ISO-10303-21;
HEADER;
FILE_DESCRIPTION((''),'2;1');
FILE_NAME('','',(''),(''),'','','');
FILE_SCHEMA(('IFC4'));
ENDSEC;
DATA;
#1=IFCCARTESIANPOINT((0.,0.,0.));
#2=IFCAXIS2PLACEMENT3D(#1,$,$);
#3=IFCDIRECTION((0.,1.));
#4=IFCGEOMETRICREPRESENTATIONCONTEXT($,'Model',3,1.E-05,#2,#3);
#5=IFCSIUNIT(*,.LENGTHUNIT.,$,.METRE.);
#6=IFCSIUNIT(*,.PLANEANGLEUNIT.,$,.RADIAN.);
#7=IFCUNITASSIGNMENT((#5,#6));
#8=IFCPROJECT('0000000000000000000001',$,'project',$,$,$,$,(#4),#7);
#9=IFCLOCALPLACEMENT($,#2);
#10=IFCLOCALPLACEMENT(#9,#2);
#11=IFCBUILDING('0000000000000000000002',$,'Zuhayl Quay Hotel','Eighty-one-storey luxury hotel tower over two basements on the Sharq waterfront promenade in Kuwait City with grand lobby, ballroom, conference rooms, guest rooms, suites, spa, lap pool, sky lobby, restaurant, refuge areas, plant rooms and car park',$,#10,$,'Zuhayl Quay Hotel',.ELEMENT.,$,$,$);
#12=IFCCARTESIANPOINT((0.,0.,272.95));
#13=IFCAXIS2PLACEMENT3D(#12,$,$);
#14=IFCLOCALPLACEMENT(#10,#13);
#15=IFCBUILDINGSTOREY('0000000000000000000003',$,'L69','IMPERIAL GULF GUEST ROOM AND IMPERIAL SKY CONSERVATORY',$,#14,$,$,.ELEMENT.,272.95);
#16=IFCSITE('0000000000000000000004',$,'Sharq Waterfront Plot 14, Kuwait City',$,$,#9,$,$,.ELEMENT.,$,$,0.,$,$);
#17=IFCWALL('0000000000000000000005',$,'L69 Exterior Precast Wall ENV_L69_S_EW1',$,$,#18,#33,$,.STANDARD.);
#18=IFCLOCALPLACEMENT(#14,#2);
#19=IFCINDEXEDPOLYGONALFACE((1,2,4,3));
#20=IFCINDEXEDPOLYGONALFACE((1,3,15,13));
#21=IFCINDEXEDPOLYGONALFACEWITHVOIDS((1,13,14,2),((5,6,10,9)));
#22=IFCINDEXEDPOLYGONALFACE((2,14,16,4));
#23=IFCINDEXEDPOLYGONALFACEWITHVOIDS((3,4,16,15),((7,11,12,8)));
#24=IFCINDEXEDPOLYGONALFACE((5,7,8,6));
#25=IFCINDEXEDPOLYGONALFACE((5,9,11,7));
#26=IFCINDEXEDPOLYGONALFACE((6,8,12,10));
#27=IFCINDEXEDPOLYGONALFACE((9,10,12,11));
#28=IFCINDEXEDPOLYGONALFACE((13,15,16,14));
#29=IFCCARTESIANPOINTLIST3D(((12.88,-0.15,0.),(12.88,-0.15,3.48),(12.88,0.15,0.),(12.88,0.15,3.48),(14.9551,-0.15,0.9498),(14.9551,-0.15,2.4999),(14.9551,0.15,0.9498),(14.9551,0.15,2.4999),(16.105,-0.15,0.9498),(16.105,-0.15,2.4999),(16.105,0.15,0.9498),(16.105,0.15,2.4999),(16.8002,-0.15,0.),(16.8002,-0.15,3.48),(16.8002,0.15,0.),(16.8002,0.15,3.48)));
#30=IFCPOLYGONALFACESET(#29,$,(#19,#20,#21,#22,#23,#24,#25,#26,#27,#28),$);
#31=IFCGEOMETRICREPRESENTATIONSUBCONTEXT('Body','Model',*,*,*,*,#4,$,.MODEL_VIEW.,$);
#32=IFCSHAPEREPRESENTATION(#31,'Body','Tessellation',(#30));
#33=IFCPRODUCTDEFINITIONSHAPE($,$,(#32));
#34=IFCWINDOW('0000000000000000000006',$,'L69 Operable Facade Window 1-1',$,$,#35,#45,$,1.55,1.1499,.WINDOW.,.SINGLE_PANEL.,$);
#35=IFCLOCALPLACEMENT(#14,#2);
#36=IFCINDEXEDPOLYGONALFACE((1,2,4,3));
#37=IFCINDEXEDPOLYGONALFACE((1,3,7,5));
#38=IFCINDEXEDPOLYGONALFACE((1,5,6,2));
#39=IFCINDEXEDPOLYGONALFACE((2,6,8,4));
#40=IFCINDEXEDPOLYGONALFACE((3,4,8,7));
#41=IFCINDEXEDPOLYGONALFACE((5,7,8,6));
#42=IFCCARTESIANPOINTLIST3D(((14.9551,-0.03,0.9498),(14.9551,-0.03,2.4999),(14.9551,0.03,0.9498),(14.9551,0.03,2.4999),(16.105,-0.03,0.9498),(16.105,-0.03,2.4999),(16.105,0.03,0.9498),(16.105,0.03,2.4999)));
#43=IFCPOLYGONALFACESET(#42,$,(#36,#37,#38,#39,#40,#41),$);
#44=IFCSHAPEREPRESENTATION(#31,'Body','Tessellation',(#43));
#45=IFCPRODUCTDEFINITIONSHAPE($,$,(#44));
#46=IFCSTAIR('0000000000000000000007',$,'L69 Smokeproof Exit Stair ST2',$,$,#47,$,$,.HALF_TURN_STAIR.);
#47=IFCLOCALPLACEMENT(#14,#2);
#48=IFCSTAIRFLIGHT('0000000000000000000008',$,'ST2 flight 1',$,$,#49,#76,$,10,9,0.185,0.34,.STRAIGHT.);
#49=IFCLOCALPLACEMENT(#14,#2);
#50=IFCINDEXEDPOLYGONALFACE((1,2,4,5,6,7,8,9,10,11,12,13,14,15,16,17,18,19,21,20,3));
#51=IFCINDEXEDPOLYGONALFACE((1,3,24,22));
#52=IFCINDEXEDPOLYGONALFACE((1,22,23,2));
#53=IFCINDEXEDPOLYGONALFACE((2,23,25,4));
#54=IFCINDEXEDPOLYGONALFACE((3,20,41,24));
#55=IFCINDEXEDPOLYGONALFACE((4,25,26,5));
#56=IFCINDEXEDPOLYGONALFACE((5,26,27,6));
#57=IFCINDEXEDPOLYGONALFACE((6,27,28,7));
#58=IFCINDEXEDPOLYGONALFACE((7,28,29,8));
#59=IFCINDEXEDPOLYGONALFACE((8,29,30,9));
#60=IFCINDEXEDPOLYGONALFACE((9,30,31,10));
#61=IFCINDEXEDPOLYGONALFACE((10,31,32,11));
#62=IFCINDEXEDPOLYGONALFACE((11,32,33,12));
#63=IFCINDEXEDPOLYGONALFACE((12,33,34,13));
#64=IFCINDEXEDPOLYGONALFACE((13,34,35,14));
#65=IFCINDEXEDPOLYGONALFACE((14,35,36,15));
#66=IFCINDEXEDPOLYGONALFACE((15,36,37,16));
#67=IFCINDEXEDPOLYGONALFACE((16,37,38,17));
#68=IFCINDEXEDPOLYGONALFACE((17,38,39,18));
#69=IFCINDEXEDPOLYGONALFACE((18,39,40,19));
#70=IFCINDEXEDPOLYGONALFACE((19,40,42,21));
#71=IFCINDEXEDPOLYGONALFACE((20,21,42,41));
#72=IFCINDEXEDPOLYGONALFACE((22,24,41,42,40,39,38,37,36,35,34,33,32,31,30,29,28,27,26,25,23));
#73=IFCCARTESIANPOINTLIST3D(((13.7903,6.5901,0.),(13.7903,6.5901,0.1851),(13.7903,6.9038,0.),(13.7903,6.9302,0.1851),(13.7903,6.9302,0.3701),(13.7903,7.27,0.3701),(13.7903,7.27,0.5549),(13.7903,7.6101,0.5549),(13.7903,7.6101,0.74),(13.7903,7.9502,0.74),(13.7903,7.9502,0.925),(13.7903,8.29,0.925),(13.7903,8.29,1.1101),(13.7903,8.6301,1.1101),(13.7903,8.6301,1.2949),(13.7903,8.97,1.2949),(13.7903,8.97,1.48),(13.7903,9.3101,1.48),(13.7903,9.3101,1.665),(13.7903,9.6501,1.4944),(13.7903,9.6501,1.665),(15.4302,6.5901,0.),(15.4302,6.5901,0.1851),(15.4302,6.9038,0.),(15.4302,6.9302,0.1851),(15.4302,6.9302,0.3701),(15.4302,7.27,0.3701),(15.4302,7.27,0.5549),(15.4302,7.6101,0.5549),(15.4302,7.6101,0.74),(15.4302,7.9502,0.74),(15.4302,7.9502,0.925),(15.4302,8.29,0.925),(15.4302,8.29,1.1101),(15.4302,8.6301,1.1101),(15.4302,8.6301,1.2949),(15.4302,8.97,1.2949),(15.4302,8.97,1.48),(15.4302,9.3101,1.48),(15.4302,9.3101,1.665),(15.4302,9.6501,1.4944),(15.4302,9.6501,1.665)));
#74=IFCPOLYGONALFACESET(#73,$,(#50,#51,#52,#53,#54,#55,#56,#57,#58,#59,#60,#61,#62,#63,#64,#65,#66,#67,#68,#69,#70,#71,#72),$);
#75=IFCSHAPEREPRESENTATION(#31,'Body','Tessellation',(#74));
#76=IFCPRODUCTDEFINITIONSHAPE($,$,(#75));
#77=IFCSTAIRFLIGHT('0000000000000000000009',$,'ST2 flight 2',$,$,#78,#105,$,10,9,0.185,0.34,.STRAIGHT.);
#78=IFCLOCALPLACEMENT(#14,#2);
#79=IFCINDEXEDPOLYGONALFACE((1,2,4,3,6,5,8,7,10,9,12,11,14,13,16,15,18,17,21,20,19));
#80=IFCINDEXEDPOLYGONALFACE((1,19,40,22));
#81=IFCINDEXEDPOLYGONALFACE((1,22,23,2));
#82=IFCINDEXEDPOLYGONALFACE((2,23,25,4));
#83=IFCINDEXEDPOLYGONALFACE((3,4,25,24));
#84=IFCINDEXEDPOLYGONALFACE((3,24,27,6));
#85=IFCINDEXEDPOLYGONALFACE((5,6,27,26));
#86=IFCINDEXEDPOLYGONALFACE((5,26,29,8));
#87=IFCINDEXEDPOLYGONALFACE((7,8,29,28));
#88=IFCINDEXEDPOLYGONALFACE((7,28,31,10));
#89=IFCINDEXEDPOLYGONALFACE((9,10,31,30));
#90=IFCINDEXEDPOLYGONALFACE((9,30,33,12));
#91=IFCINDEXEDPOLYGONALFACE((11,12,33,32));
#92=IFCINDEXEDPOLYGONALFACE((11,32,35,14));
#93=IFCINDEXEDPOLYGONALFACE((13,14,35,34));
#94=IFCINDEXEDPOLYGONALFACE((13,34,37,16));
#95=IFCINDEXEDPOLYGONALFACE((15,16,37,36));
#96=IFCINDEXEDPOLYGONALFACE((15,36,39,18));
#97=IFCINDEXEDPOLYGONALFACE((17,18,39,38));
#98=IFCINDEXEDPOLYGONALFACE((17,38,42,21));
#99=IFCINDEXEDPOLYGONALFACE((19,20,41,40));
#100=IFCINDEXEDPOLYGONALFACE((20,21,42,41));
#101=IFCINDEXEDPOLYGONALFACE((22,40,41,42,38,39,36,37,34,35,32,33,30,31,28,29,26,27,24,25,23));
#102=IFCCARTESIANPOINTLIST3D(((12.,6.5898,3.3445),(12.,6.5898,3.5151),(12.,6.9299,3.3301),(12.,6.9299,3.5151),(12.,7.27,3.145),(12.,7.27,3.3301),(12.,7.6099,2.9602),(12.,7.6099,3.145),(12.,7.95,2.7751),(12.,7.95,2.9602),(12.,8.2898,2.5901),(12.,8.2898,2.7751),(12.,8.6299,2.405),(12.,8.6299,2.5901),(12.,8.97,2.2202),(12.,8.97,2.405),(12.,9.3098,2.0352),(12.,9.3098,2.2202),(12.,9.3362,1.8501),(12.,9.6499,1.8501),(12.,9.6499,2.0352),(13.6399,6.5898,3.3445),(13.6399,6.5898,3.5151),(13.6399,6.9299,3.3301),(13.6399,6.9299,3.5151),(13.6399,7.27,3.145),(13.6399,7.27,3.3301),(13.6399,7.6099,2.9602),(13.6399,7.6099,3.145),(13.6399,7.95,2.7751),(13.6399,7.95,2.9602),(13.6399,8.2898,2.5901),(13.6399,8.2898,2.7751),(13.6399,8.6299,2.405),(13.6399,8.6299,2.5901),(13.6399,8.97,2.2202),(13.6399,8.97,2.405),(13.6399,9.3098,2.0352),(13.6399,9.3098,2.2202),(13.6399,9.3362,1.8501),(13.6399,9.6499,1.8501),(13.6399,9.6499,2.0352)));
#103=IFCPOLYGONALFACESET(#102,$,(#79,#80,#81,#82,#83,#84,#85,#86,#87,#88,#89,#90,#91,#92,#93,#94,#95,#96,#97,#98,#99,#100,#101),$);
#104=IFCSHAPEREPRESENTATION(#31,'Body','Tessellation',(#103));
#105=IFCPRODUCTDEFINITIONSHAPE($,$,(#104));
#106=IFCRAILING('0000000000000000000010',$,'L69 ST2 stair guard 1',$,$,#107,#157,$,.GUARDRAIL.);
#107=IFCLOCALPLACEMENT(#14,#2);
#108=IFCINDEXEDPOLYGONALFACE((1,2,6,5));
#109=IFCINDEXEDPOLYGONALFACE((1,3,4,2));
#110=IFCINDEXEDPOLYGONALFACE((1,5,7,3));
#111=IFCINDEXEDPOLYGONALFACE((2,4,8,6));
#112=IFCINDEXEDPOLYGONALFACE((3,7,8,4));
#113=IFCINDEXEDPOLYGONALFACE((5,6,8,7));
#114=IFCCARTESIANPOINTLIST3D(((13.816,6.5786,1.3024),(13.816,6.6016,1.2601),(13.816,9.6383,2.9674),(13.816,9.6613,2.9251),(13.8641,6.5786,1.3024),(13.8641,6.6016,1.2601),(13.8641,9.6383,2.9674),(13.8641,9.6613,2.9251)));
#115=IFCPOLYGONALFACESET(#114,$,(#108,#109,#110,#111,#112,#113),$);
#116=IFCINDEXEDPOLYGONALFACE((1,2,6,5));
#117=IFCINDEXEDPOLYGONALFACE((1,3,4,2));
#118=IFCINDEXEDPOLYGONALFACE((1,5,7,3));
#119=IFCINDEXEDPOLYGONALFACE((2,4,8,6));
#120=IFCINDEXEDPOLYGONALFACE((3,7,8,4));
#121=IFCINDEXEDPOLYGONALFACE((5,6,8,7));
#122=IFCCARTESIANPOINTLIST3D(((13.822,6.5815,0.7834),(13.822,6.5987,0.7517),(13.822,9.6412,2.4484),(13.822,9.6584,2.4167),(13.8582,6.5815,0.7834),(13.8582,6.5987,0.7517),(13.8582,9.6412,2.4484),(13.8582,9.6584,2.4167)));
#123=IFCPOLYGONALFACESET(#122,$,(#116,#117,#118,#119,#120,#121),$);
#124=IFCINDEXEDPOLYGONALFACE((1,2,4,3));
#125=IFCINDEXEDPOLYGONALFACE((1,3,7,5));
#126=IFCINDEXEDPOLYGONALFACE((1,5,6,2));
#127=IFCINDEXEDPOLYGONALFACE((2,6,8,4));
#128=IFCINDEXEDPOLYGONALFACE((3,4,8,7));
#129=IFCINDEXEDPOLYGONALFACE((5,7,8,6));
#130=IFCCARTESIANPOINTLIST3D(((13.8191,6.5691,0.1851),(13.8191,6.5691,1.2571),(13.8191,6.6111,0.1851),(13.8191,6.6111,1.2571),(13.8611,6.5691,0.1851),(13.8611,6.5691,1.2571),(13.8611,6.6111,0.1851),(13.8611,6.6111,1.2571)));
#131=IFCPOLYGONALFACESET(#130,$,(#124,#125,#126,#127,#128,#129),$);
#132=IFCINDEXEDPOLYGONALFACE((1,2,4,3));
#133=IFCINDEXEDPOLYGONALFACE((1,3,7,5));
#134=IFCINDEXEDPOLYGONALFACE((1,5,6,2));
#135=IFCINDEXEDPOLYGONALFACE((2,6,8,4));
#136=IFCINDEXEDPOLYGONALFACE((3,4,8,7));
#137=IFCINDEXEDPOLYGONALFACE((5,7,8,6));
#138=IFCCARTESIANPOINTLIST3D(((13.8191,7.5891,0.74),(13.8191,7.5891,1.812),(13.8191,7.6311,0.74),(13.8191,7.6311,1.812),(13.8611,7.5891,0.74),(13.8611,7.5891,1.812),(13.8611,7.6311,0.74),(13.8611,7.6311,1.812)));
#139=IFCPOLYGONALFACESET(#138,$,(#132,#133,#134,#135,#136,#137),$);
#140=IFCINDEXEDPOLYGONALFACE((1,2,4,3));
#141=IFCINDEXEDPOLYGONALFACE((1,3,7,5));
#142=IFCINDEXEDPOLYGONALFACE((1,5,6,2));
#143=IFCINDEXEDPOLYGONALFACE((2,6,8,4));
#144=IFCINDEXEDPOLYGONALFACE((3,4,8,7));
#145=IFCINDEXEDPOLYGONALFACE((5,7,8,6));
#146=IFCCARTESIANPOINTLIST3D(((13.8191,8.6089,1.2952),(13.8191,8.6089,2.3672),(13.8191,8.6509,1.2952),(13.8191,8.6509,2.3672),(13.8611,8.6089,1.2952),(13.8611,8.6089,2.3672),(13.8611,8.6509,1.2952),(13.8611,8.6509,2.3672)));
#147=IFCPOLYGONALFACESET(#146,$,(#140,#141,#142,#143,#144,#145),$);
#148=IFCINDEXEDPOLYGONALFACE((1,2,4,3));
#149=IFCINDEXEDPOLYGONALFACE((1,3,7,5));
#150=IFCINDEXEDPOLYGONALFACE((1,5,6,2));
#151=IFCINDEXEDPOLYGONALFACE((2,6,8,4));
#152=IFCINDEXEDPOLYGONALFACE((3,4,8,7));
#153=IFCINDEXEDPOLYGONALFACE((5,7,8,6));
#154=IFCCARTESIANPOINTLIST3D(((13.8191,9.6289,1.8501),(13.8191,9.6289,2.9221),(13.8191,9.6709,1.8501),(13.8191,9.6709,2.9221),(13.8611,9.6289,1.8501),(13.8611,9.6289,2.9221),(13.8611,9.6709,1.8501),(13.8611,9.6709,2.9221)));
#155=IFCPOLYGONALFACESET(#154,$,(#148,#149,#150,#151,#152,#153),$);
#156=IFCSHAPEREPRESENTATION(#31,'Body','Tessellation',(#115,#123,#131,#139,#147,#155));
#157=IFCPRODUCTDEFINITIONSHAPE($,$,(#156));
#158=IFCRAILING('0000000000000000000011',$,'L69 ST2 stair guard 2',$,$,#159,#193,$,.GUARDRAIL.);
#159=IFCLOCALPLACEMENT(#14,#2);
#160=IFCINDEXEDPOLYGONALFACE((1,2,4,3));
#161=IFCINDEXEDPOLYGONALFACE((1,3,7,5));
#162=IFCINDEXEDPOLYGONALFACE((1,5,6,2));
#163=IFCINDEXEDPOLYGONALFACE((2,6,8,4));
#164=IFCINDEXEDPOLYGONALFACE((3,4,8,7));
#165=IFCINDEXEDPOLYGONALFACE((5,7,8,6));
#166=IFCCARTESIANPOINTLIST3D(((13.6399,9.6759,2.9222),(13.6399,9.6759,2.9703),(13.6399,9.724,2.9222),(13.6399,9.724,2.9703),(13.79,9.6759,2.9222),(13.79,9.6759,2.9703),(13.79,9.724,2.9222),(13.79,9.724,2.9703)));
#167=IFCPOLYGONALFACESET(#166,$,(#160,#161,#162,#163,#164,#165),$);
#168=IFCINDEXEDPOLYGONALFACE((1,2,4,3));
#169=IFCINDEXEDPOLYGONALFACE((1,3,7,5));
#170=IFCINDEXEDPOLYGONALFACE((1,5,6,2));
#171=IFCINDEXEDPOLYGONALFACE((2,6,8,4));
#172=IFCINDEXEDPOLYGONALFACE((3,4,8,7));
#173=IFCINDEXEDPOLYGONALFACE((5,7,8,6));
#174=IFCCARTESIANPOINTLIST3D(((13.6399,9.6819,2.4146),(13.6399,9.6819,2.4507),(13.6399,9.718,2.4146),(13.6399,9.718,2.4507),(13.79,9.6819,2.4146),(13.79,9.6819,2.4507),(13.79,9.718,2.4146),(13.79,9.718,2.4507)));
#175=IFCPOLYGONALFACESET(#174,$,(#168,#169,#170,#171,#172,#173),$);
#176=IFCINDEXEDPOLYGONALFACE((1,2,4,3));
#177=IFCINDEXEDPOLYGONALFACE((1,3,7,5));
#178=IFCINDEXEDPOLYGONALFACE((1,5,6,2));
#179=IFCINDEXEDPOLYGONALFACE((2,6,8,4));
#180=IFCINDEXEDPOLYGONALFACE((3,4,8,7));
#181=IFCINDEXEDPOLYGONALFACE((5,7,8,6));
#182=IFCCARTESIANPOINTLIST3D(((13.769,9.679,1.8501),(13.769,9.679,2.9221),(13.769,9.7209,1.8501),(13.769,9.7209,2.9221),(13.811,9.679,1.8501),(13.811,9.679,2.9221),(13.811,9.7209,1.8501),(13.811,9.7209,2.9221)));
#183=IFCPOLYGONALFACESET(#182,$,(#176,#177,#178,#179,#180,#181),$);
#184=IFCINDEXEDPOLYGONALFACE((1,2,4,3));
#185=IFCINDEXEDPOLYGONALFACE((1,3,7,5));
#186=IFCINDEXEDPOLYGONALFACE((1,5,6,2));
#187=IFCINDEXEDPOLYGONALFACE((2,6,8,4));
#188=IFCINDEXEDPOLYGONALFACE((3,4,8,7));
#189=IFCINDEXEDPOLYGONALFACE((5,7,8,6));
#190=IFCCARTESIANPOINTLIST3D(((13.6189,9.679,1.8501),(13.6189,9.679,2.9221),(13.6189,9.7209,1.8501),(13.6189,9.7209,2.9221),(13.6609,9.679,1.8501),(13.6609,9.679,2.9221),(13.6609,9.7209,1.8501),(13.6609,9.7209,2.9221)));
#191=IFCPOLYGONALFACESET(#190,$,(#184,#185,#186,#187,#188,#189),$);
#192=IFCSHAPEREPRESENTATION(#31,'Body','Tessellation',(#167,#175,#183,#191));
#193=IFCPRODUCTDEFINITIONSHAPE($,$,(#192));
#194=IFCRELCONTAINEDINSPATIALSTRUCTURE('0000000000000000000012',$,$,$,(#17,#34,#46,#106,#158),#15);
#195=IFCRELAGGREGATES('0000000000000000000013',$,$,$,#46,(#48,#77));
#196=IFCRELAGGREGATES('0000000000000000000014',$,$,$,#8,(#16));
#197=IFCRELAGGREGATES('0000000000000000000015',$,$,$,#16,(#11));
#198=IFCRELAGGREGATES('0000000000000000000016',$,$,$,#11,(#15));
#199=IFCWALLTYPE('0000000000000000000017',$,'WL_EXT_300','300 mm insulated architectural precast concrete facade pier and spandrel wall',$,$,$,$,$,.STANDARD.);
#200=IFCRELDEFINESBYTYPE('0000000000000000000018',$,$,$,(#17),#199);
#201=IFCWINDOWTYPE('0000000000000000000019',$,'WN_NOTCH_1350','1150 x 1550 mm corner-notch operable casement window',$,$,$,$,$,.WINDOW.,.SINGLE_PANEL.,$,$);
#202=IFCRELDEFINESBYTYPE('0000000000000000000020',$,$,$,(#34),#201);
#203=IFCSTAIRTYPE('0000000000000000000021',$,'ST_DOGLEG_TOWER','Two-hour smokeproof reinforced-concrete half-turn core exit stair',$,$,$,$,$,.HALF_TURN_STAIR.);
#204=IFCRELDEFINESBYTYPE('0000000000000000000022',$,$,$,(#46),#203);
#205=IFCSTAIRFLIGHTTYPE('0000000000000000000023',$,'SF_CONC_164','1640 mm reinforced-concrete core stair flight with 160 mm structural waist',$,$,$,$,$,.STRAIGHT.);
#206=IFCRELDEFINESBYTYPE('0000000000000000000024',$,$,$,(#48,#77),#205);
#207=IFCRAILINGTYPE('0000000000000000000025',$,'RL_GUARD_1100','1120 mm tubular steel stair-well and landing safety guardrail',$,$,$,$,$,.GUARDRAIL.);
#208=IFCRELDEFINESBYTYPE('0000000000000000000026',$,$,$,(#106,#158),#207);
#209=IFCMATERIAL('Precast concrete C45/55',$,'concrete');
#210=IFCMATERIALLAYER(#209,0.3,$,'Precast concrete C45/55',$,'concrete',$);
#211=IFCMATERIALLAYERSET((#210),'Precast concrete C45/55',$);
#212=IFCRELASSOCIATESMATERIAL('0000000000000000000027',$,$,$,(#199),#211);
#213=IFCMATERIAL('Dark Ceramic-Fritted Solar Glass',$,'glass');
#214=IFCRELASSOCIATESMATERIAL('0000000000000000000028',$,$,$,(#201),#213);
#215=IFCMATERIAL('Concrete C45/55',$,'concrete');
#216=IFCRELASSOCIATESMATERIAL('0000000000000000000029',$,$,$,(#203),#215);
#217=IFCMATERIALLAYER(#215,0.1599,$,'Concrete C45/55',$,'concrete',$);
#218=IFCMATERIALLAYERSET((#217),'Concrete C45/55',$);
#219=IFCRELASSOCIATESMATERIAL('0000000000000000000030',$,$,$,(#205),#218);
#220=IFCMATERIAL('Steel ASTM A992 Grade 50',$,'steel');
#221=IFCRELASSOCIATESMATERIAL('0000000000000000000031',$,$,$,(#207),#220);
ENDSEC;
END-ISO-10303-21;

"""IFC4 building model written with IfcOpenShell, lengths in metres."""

from ifc_helpers import new_model, si_unit, direction, frame, frame_2d, origin, origin_2d, place, context, subcontext, project, spatial, polyline, rectangle, outline, extrude, material, layer, layer_set, type_object, element, fill, aggregate, save


model = new_model("IFC4")

# Units and contexts
model_context = context("Model", 3, precision=1e-05, world=origin(), true_north=direction((0.0, 1.0)))
body_context = subcontext(model_context, "Body", "Model", "MODEL_VIEW")
ifc_project = project(units=[si_unit("LENGTHUNIT", "METRE"), si_unit("PLANEANGLEUNIT", "RADIAN")], contexts=[model_context])

# Site, building, storey
site_placement = place(None, origin())
site = spatial("IfcSite", under=ifc_project, at=site_placement, Name="Sharq Waterfront Plot 14, Kuwait City", CompositionType="ELEMENT", RefElevation=0.0)
building_placement = place(site_placement, origin())
building = spatial("IfcBuilding", under=site, at=building_placement, Name="Zuhayl Quay Hotel", Description="Eighty-one-storey luxury hotel tower over two basements on the Sharq waterfront promenade in Kuwait City with grand lobby, ballroom, conference rooms, guest rooms, suites, spa, lap pool, sky lobby, restaurant, refuge areas, plant rooms and car park", LongName="Zuhayl Quay Hotel", CompositionType="ELEMENT")
storey_placement = place(building_placement, frame((0.0, 0.0, 272.95)))
storey = spatial("IfcBuildingStorey", under=building, at=storey_placement, Name="L69", Description="IMPERIAL GULF GUEST ROOM AND IMPERIAL SKY CONSERVATORY", CompositionType="ELEMENT", Elevation=272.95)

# Shared definitions
ifc_material_1 = material(Name="Steel ASTM A992 Grade 50", Category="steel")

# Shared definitions
ifc_material_2 = material(Name="Dark Ceramic-Fritted Solar Glass", Category="glass")

# Shared definitions
ifc_material_3 = material(Name="Precast concrete C45/55", Category="concrete")
ifc_layer_1 = layer(ifc_material_3, 0.3, Name="Precast concrete C45/55", Category="concrete")
ifc_layer_set_1 = layer_set([ifc_layer_1], Name="Precast concrete C45/55")
wall_type_1 = type_object("IfcWallType", Name="WL_EXT_300", Description="300 mm insulated architectural precast concrete facade pier and spandrel wall", PredefinedType="STANDARD", material=ifc_layer_set_1)

# Wall, opening, window
wall_1_placement = place(storey_placement, frame((16.8, 0.0, 0.0), z_axis=(0.0, 0.0, 1.0), x_axis=(-1.0, 0.0, 0.0)))
wall_1 = element("IfcWall", 1, at=wall_1_placement, inside=storey, type_object=wall_type_1, Name="L69 Exterior Precast Wall ENV_L69_S_EW1", PredefinedType="STANDARD", context=body_context, shape_type="SweptSolid", body=[
    extrude(rectangle(XDim=3.9202, YDim=0.3, at=frame_2d((1.96, 0.0))), origin(), (0.0, 0.0, 1.0), 3.48),
])
opening_1_placement = place(wall_1_placement, frame((0.6951, 0.0, 0.95)))
opening_1 = element("IfcOpeningElement", 2, at=opening_1_placement, cuts=wall_1, PredefinedType="OPENING", context=body_context, shape_type="SweptSolid", body=[
    extrude(rectangle(XDim=1.1499, YDim=1.55, at=frame_2d((0.575, 0.7749))), frame((0.0, 0.1599, 0.0), z_axis=(0.0, -1.0, 0.0), x_axis=(1.0, 0.0, 0.0)), (0.0, 0.0, 1.0), 0.3201),
])
window_type = type_object("IfcWindowType", Name="WN_NOTCH_1350", Description="1150 x 1550 mm corner-notch operable casement window", PartitioningType="SINGLE_PANEL", PredefinedType="WINDOW", material=ifc_material_2)
window_placement = place(opening_1_placement, origin())
window = element("IfcWindow", 3, at=window_placement, inside=storey, type_object=window_type, Name="L69 Operable Facade Window 1-1", OverallHeight=1.55, OverallWidth=1.1499, PartitioningType="SINGLE_PANEL", PredefinedType="WINDOW", context=body_context, shape_type="SweptSolid", body=[
    extrude(rectangle(XDim=1.1499, YDim=1.55, at=frame_2d((0.575, 0.7749))), frame((0.0, 0.03, 0.0), z_axis=(0.0, -1.0, 0.0), x_axis=(1.0, 0.0, 0.0)), (0.0, 0.0, 1.0), 0.0601),
])
fill(opening_1, window)

# Stair, stair flights
ifc_material_4 = material(Name="Concrete C45/55", Category="concrete")
stair_type = type_object("IfcStairType", Name="ST_DOGLEG_TOWER", Description="Two-hour smokeproof reinforced-concrete half-turn core exit stair", PredefinedType="HALF_TURN_STAIR", material=ifc_material_4)
stair_placement = place(storey_placement, origin())
stair = element("IfcStair", 4, at=stair_placement, inside=storey, type_object=stair_type, Name="L69 Smokeproof Exit Stair ST2", PredefinedType="HALF_TURN_STAIR")
ifc_layer_2 = layer(ifc_material_4, 0.1599, Name="Concrete C45/55", Category="concrete")
ifc_layer_set_2 = layer_set([ifc_layer_2], Name="Concrete C45/55")
stair_flight_type = type_object("IfcStairFlightType", Name="SF_CONC_164", Description="1640 mm reinforced-concrete core stair flight with 160 mm structural waist", PredefinedType="STRAIGHT", material=ifc_layer_set_2)
stair_flight_1_placement = place(storey_placement, frame((14.6101, 6.5901, 0.0), z_axis=(0.0, 0.0, 1.0), x_axis=(0.0, 1.0, 0.0)))
stair_flight_1 = element("IfcStairFlight", 5, at=stair_flight_1_placement, type_object=stair_flight_type, Name="ST2 flight 1", NumberOfRisers=10, NumberOfTreads=9, PredefinedType="STRAIGHT", RiserHeight=0.185, TreadLength=0.34, context=body_context, shape_type="SweptSolid", body=[
    extrude(outline(polyline([(0.0, 0.0), (0.0, 0.1851), (0.3401, 0.1851), (0.3401, 0.3701), (0.6799, 0.3701), (0.6799, 0.5549), (1.02, 0.5549), (1.02, 0.74), (1.3601, 0.74), (1.3601, 0.925), (1.7, 0.925), (1.7, 1.1101), (2.04, 1.1101), (2.04, 1.2949), (2.3799, 1.2949), (2.3799, 1.48), (2.72, 1.48), (2.72, 1.665), (3.0601, 1.665), (3.0601, 1.8501), (3.0601, 1.4944), (0.3137, 0.0), (0.0, 0.0)])), frame((0.0, 0.8198, 0.0), z_axis=(0.0, -1.0, 0.0), x_axis=(1.0, 0.0, 0.0)), (0.0, 0.0, 1.0), 1.6399),
])
stair_flight_2_placement = place(storey_placement, frame((12.8201, 9.6499, 1.8501), z_axis=(0.0, 0.0, 1.0), x_axis=(0.0, -1.0, 0.0)))
stair_flight_2 = element("IfcStairFlight", 6, at=stair_flight_2_placement, type_object=stair_flight_type, Name="ST2 flight 2", NumberOfRisers=10, NumberOfTreads=9, PredefinedType="STRAIGHT", RiserHeight=0.185, TreadLength=0.34, context=body_context, shape_type="SweptSolid", body=[
    extrude(outline(polyline([(0.0, 0.0), (0.0, 0.1851), (0.3401, 0.1851), (0.3401, 0.3701), (0.6799, 0.3701), (0.6799, 0.5549), (1.02, 0.5549), (1.02, 0.74), (1.3601, 0.74), (1.3601, 0.925), (1.7, 0.925), (1.7, 1.1101), (2.04, 1.1101), (2.04, 1.2949), (2.3799, 1.2949), (2.3799, 1.48), (2.72, 1.48), (2.72, 1.665), (3.0601, 1.665), (3.0601, 1.8501), (3.0601, 1.4944), (0.3137, 0.0), (0.0, 0.0)])), frame((0.0, 0.8198, 0.0), z_axis=(0.0, -1.0, 0.0), x_axis=(1.0, 0.0, 0.0)), (0.0, 0.0, 1.0), 1.6399),
])
aggregate(stair, [stair_flight_1, stair_flight_2])

# Railings
railing_type_1 = type_object("IfcRailingType", Name="RL_GUARD_1100", Description="1120 mm tubular steel stair-well and landing safety guardrail", PredefinedType="GUARDRAIL", material=ifc_material_1)
railing_1_placement = place(storey_placement, frame((13.8401, 6.5901, 0.1851)))
element("IfcRailing", 7, at=railing_1_placement, inside=storey, type_object=railing_type_1, Name="L69 ST2 stair guard 1", PredefinedType="GUARDRAIL", context=body_context, shape_type="SweptSolid", body=[
    extrude(rectangle(XDim=0.0481, YDim=0.0481, at=origin_2d()), frame((0.0, 0.0, 1.0962), z_axis=(0.0, 0.878372, 0.477978), x_axis=(-1.0, 0.0, 0.0)), (0.0, 0.0, 1.0), 3.4834),
    extrude(rectangle(XDim=0.0361, YDim=0.0361, at=origin_2d()), frame((0.0, 0.0, 0.5825), z_axis=(0.0, 0.878372, 0.477978), x_axis=(-1.0, 0.0, 0.0)), (0.0, 0.0, 1.0), 3.4834),
    extrude(rectangle(XDim=0.042, YDim=0.042, at=origin_2d()), origin(), (0.0, 0.0, 1.0), 1.072),
    extrude(rectangle(XDim=0.042, YDim=0.042, at=origin_2d()), frame((0.0, 1.02, 0.5549)), (0.0, 0.0, 1.0), 1.072),
    extrude(rectangle(XDim=0.042, YDim=0.042, at=origin_2d()), frame((0.0, 2.0398, 1.1101)), (0.0, 0.0, 1.0), 1.072),
    extrude(rectangle(XDim=0.042, YDim=0.042, at=origin_2d()), frame((0.0, 3.0598, 1.665)), (0.0, 0.0, 1.0), 1.072),
])
railing_2_placement = place(storey_placement, frame((13.79, 9.7, 1.8501)))
element("IfcRailing", 8, at=railing_2_placement, inside=storey, type_object=railing_type_1, Name="L69 ST2 stair guard 2", PredefinedType="GUARDRAIL", context=body_context, shape_type="SweptSolid", body=[
    extrude(rectangle(XDim=0.0481, YDim=0.0481, at=origin_2d()), frame((0.0, 0.0, 1.0962), z_axis=(-1.0, 0.0, 0.0), x_axis=(0.0, -1.0, 0.0)), (0.0, 0.0, 1.0), 0.1501),
    extrude(rectangle(XDim=0.0361, YDim=0.0361, at=origin_2d()), frame((0.0, 0.0, 0.5825), z_axis=(-1.0, 0.0, 0.0), x_axis=(0.0, -1.0, 0.0)), (0.0, 0.0, 1.0), 0.1501),
    extrude(rectangle(XDim=0.042, YDim=0.042, at=origin_2d()), origin(), (0.0, 0.0, 1.0), 1.072),
    extrude(rectangle(XDim=0.042, YDim=0.042, at=origin_2d()), frame((-0.1501, 0.0, 0.0)), (0.0, 0.0, 1.0), 1.072),
])

save(model, "model.ifc")
